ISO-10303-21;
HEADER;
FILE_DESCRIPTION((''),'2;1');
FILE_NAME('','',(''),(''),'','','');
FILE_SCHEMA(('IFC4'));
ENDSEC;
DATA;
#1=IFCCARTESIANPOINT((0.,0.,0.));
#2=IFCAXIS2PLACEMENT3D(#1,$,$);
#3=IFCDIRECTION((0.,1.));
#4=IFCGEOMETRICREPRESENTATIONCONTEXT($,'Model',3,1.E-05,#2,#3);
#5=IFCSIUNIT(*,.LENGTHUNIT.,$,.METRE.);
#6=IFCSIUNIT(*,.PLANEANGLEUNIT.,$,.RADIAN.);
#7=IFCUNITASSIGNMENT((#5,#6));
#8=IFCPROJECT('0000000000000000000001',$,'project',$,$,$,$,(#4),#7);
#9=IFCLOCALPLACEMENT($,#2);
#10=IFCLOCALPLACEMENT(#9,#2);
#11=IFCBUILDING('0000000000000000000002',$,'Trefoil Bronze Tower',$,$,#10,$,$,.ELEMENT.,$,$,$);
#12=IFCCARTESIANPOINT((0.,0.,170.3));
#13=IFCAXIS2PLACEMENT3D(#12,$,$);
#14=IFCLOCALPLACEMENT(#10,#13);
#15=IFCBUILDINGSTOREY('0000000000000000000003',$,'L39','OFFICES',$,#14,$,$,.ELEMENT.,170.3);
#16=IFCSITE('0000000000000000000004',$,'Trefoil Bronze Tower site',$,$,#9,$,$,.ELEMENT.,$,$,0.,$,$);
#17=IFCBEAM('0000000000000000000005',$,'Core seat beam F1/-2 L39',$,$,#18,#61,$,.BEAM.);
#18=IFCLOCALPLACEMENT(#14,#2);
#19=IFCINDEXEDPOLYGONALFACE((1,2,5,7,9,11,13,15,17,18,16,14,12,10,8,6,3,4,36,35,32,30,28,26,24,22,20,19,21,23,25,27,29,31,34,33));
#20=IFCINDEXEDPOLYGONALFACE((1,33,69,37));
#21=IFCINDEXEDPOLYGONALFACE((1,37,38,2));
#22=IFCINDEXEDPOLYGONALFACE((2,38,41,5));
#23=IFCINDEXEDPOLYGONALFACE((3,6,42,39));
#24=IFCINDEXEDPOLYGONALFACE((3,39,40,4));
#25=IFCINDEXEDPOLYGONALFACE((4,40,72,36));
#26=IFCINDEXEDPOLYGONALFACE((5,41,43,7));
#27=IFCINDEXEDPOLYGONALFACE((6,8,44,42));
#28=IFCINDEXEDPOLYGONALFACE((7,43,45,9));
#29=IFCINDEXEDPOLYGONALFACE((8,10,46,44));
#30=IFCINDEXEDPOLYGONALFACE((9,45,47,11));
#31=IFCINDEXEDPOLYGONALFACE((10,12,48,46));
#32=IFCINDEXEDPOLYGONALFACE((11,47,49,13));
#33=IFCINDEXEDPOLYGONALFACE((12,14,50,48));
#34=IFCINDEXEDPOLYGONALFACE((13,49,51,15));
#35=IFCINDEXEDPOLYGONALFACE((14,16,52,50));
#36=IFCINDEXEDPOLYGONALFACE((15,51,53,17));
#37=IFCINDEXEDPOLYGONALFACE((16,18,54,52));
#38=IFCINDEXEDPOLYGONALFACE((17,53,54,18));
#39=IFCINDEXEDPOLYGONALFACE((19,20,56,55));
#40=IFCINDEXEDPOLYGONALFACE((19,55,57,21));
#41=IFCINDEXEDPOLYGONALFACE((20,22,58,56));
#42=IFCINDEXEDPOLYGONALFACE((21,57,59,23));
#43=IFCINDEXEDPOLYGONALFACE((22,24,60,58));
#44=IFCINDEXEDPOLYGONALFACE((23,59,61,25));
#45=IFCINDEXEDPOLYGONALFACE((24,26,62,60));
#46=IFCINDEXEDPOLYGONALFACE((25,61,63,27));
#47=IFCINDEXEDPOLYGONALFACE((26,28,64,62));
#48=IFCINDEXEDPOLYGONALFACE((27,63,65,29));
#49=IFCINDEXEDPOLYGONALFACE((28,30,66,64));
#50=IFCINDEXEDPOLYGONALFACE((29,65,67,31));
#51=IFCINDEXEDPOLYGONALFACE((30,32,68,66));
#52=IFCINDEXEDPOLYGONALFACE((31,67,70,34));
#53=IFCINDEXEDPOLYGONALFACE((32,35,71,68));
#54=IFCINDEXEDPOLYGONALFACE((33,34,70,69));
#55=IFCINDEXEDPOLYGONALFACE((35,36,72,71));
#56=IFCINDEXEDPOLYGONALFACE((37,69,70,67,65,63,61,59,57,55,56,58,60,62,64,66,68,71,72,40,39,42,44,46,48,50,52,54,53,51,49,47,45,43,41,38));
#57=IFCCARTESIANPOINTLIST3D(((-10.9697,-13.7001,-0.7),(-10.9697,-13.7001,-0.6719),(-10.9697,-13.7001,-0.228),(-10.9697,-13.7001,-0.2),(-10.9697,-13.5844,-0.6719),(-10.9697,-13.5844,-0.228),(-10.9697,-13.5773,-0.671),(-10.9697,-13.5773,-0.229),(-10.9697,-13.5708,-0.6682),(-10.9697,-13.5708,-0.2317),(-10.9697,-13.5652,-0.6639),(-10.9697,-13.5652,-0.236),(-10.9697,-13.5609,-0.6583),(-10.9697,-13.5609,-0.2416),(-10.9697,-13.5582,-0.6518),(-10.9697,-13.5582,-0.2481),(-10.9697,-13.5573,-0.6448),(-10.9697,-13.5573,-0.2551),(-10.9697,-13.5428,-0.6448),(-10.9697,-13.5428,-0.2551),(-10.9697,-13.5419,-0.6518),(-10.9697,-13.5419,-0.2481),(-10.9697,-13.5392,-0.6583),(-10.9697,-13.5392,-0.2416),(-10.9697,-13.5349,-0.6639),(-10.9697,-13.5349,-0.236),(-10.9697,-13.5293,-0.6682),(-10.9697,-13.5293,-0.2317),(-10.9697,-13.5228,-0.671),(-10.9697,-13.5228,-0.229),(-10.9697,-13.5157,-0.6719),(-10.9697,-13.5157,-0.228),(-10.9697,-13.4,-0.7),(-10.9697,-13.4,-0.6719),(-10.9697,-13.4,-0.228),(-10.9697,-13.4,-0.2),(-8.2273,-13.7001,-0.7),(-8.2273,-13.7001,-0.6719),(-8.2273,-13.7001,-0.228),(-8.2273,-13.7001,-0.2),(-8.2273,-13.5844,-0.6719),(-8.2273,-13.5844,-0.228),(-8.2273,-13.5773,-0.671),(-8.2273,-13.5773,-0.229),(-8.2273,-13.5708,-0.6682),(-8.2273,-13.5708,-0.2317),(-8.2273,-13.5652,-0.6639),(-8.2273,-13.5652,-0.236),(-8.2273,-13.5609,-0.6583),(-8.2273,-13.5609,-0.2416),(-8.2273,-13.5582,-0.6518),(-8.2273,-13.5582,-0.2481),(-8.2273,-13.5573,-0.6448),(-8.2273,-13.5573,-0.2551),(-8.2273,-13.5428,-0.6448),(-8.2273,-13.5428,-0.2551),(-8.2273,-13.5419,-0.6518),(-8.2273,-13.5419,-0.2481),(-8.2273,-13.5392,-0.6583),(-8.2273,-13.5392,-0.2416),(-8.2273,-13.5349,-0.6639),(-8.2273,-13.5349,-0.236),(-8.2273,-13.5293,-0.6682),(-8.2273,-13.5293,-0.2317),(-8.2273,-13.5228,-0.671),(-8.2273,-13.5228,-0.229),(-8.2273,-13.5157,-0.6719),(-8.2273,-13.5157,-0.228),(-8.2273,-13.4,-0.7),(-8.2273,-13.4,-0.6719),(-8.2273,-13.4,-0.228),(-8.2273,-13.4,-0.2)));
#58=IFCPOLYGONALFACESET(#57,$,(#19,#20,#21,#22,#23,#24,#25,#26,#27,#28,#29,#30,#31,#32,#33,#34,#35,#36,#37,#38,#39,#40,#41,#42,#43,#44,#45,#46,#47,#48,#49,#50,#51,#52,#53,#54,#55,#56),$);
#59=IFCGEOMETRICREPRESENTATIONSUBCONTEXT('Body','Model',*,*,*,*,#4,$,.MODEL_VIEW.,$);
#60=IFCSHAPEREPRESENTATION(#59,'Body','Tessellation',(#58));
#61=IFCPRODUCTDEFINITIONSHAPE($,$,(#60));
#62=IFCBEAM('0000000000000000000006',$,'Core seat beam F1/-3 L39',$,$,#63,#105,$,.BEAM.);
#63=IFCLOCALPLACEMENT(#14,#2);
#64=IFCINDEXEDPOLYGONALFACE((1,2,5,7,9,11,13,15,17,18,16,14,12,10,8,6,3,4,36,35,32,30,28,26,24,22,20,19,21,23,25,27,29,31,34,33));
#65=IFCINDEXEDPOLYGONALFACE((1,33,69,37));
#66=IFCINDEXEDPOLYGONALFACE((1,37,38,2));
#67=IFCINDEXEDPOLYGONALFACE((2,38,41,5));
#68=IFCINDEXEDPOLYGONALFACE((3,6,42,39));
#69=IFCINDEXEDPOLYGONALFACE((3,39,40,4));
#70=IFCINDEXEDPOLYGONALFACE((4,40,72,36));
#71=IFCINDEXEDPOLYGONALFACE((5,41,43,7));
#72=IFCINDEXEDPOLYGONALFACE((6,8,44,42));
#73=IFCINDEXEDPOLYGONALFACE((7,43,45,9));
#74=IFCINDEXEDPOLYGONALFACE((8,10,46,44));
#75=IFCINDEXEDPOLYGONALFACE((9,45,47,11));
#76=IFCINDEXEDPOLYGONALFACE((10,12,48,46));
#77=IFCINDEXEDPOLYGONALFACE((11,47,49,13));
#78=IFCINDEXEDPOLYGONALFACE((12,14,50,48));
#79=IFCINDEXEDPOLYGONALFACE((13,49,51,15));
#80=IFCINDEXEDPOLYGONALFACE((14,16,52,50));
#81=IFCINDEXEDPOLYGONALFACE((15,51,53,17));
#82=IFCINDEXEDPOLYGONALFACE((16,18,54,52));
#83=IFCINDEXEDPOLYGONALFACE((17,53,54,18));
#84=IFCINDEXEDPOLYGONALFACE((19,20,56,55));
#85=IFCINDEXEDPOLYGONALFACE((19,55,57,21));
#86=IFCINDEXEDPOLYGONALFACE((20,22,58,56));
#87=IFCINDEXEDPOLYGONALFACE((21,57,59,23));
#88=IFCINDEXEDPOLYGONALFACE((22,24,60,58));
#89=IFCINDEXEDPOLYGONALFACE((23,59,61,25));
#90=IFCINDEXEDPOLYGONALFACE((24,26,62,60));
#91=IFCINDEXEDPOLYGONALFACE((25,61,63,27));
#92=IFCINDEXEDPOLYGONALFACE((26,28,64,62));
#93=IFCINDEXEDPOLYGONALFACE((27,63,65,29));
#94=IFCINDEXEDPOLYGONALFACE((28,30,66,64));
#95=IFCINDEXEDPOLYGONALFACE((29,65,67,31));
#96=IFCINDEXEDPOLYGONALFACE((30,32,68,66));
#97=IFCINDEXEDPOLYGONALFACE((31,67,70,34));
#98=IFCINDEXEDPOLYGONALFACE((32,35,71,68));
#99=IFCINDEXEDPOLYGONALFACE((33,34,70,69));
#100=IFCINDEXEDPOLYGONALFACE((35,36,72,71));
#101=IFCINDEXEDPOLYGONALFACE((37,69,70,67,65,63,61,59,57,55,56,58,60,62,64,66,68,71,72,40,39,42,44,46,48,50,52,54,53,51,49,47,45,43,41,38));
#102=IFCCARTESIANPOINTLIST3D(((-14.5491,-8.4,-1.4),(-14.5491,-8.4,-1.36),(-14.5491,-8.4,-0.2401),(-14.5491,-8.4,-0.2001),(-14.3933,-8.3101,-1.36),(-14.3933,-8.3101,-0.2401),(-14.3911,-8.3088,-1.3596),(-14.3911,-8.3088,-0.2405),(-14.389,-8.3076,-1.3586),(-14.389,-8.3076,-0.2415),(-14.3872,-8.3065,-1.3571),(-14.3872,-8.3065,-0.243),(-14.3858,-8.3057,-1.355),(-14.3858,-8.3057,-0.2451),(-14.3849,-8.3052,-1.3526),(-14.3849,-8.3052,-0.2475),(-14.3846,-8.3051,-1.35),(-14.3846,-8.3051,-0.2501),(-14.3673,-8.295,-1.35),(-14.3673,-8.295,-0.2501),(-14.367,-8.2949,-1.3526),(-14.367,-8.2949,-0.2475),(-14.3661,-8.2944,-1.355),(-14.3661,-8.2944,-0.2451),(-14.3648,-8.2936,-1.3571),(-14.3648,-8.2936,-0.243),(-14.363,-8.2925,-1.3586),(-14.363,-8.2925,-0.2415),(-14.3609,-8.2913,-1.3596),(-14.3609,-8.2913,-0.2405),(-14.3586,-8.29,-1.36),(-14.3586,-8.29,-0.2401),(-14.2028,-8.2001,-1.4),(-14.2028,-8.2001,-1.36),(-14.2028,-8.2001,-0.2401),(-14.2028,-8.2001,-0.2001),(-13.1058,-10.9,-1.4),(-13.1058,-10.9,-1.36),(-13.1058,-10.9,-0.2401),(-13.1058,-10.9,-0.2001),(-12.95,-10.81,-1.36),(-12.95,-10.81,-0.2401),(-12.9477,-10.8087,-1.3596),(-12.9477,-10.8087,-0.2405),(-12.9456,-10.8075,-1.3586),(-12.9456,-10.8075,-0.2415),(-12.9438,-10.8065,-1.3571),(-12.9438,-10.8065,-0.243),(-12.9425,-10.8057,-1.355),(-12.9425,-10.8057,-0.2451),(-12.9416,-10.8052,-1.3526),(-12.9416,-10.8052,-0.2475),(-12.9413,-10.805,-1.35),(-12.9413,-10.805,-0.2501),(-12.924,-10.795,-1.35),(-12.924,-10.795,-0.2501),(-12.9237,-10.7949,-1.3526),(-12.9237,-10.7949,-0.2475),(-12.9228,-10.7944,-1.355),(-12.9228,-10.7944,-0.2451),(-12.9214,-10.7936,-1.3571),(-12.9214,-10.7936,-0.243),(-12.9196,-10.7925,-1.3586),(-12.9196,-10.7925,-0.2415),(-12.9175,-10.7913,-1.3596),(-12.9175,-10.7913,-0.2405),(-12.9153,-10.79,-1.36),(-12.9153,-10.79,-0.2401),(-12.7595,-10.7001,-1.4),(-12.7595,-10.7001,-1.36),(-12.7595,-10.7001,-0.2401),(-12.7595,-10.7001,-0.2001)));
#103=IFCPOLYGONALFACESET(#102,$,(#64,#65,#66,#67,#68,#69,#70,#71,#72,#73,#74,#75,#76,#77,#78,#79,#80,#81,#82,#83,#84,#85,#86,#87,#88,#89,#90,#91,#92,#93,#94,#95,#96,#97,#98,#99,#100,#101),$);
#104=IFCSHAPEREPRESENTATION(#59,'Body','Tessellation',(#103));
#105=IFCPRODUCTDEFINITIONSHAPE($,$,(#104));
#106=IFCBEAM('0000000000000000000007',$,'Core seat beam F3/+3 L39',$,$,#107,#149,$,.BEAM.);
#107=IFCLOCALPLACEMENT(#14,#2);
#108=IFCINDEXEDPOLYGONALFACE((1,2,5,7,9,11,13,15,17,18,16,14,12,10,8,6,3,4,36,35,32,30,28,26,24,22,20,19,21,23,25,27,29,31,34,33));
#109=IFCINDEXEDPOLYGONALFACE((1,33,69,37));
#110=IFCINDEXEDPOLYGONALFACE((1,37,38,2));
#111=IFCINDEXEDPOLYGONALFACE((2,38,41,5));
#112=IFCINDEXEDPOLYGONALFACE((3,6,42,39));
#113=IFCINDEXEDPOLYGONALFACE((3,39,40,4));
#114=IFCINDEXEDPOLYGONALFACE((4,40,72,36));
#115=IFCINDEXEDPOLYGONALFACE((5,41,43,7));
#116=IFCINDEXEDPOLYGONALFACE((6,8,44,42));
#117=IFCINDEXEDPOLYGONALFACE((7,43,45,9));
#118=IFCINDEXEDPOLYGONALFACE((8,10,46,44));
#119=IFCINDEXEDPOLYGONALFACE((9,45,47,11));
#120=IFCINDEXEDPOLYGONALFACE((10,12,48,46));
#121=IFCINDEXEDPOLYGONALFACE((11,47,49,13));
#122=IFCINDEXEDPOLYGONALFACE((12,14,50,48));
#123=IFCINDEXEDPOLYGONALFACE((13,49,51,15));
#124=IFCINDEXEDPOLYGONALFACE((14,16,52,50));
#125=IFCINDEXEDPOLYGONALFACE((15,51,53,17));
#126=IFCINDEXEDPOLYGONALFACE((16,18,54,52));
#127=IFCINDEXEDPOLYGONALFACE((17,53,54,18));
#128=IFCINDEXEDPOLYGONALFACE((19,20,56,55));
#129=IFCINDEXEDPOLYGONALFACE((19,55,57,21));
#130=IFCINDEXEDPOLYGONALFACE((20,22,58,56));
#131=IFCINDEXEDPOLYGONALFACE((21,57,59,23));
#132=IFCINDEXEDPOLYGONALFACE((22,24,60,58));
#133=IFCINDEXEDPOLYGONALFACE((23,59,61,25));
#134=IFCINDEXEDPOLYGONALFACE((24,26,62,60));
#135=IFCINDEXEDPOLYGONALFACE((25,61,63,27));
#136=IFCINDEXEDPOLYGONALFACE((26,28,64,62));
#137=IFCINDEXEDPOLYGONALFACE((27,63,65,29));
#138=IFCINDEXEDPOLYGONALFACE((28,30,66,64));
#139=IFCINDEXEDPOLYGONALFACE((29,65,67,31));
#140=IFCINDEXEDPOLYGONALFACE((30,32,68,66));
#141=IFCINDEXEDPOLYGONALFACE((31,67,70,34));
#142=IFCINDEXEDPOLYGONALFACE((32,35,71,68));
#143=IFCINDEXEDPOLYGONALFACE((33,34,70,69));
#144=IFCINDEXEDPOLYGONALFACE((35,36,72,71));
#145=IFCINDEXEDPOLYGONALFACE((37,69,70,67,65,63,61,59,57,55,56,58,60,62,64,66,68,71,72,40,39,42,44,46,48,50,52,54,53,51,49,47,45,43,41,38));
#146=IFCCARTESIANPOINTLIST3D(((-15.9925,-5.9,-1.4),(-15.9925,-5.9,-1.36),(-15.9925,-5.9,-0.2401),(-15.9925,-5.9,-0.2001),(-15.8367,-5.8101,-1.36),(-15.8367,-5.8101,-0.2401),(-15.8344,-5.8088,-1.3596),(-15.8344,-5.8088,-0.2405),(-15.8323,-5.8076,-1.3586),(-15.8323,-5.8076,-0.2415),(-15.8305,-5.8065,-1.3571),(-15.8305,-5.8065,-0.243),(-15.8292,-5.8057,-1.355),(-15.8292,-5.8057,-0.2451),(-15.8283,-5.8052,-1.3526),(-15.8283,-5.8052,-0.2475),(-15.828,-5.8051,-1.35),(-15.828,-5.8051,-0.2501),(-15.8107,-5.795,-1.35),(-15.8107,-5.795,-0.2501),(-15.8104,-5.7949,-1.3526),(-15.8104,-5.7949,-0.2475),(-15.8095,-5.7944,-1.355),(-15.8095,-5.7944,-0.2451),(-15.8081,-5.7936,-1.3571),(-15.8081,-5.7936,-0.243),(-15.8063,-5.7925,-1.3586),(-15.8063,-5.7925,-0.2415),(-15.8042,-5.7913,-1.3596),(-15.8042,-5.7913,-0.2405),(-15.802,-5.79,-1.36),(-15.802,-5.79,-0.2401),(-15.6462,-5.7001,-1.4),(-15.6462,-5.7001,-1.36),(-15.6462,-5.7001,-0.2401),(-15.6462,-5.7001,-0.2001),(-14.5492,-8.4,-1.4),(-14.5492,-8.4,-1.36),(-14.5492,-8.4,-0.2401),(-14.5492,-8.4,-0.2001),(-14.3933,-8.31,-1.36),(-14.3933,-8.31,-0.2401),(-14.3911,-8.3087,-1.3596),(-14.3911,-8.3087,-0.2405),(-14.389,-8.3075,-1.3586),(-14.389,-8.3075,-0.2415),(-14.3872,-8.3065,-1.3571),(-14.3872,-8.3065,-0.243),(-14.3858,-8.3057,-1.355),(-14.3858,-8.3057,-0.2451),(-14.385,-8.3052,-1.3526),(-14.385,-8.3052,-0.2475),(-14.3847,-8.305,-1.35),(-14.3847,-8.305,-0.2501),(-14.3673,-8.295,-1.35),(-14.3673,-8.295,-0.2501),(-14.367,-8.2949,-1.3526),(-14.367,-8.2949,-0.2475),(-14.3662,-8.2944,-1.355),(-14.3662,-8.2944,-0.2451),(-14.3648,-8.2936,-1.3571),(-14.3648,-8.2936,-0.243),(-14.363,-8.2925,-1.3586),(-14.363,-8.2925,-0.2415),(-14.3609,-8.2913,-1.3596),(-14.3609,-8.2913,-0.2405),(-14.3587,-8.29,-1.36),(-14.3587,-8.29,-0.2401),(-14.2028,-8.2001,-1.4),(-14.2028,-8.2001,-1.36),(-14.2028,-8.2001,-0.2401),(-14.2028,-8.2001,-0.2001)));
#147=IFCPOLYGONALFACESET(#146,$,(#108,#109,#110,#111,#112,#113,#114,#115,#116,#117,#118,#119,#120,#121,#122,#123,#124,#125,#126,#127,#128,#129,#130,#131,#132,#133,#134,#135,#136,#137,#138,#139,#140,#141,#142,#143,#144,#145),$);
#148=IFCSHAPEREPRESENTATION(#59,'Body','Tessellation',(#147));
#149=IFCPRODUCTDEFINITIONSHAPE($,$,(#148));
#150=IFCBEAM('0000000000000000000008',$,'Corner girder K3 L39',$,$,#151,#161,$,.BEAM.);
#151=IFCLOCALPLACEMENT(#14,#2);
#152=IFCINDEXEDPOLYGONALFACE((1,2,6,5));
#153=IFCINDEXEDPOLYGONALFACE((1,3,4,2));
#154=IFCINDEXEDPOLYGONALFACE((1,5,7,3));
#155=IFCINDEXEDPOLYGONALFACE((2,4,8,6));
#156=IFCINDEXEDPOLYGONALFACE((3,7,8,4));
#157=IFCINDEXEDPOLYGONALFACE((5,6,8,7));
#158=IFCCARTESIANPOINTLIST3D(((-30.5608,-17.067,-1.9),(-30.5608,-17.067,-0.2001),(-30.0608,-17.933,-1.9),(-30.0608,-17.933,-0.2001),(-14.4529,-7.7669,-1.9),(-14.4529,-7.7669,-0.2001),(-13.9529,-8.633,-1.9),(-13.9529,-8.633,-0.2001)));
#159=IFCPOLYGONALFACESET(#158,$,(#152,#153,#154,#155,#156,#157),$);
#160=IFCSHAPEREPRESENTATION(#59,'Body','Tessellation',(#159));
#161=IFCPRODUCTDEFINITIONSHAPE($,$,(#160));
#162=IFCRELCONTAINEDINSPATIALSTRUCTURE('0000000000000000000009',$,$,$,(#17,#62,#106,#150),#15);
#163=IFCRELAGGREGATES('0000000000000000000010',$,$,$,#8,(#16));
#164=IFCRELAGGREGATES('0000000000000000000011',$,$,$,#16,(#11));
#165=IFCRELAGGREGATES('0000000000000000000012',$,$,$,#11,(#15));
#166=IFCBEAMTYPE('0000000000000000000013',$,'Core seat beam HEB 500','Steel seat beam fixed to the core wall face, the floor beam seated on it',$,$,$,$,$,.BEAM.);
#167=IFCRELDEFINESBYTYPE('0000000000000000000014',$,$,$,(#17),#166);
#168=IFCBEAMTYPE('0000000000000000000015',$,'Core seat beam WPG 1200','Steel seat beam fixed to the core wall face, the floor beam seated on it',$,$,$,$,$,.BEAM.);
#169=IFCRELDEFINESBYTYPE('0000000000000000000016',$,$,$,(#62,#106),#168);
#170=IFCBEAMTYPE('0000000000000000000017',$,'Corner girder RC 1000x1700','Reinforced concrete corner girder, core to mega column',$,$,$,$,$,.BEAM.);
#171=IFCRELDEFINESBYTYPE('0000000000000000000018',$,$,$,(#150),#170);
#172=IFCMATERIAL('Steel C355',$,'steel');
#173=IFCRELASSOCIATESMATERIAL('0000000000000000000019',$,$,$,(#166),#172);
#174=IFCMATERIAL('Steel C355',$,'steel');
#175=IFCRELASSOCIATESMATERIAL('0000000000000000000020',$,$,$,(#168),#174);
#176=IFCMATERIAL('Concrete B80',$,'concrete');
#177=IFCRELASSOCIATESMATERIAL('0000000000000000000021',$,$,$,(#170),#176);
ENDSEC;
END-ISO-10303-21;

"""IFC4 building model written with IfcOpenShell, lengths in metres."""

from ifc_helpers import new_model, si_unit, direction, frame, origin, origin_2d, place, context, subcontext, project, spatial, rectangle, i_section, extrude, material, material_profile, profile_set, type_object, element, save


model = new_model("IFC4")

# Units and contexts
model_context = context("Model", 3, precision=1e-05, world=origin(), true_north=direction((0.0, 1.0)))
body_context = subcontext(model_context, "Body", "Model", "MODEL_VIEW")
ifc_project = project(units=[si_unit("LENGTHUNIT", "METRE"), si_unit("PLANEANGLEUNIT", "RADIAN")], contexts=[model_context])

# Site, building, storey
site_placement = place(None, origin())
site = spatial("IfcSite", under=ifc_project, at=site_placement, Name="Trefoil Bronze Tower site", CompositionType="ELEMENT", RefElevation=0.0)
building_placement = place(site_placement, origin())
building = spatial("IfcBuilding", under=site, at=building_placement, Name="Trefoil Bronze Tower", CompositionType="ELEMENT")
storey_placement = place(building_placement, frame((0.0, 0.0, 170.3)))
storey = spatial("IfcBuildingStorey", under=building, at=storey_placement, Name="L39", Description="OFFICES", CompositionType="ELEMENT", Elevation=170.3)

# Beams
ifc_material_1 = material(Name="Steel C355", Category="steel")
ifc_material_profile_1 = material_profile(ifc_material_1, i_section(OverallWidth=0.3, OverallDepth=0.5, WebThickness=0.0144, FlangeThickness=0.0281, FilletRadius=0.0271, at=origin_2d()), Name="HEB 500")
ifc_profile_set_1 = profile_set([ifc_material_profile_1], Name="Steel C355")
beam_type_1 = type_object("IfcBeamType", Name="Core seat beam HEB 500", Description="Steel seat beam fixed to the core wall face, the floor beam seated on it", PredefinedType="BEAM", material=ifc_profile_set_1)
beam_1_placement = place(storey_placement, frame((-10.9697, -13.55, -0.45), z_axis=(1.0, 0.0, 0.0), x_axis=(0.0, 1.0, 0.0)))
element("IfcBeam", 1, at=beam_1_placement, inside=storey, type_object=beam_type_1, Name="Core seat beam F1/-2 L39", PredefinedType="BEAM", context=body_context, shape_type="SweptSolid", body=[
    extrude(i_section(OverallWidth=0.3, OverallDepth=0.5, WebThickness=0.0144, FlangeThickness=0.0281, FilletRadius=0.0271, at=origin_2d()), origin(), (0.0, 0.0, 1.0), 2.7424),
])
ifc_material_2 = material(Name="Steel C355", Category="steel")
ifc_material_profile_2 = material_profile(ifc_material_2, i_section(OverallWidth=0.3999, OverallDepth=1.2, WebThickness=0.02, FlangeThickness=0.04, FilletRadius=0.01, at=origin_2d()), Name="WPG 1200")
ifc_profile_set_2 = profile_set([ifc_material_profile_2], Name="Steel C355")
beam_type_2 = type_object("IfcBeamType", Name="Core seat beam WPG 1200", Description="Steel seat beam fixed to the core wall face, the floor beam seated on it", PredefinedType="BEAM", material=ifc_profile_set_2)
for number, where, z_axis, x_axis, name in (
    (2, (-14.376, -8.3, -0.8), (0.499996, -0.866028, 0.0), (0.866028, 0.499996, 0.0), "Core seat beam F1/-3 L39"),
    (3, (-15.8193, -5.8, -0.8), (0.499996, -0.866028, 0.0), (0.866028, 0.499996, 0.0), "Core seat beam F3/+3 L39"),
):
    element("IfcBeam", number, at=place(storey_placement, frame(where, z_axis=z_axis, x_axis=x_axis)), inside=storey, type_object=beam_type_2, Name=name, PredefinedType="BEAM", context=body_context, shape_type="SweptSolid", body=[
        extrude(i_section(OverallWidth=0.3999, OverallDepth=1.2, WebThickness=0.02, FlangeThickness=0.04, FilletRadius=0.01, at=origin_2d()), origin(), (0.0, 0.0, 1.0), 2.8867),
    ])
ifc_material_3 = material(Name="Concrete B80", Category="concrete")
ifc_material_profile_3 = material_profile(ifc_material_3, rectangle(XDim=1.0, YDim=1.7, at=origin_2d()), Name="RC 1000x1700")
ifc_profile_set_3 = profile_set([ifc_material_profile_3], Name="Concrete B80")
beam_type_3 = type_object("IfcBeamType", Name="Corner girder RC 1000x1700", Description="Reinforced concrete corner girder, core to mega column", PredefinedType="BEAM", material=ifc_profile_set_3)
beam_2_placement = place(storey_placement, frame((-14.2029, -8.2, -1.05), z_axis=(-0.866022, -0.500006, 0.0), x_axis=(0.500006, -0.866022, 0.0)))
element("IfcBeam", 4, at=beam_2_placement, inside=storey, type_object=beam_type_3, Name="Corner girder K3 L39", PredefinedType="BEAM", context=body_context, shape_type="SweptSolid", body=[
    extrude(rectangle(XDim=1.0, YDim=1.7, at=origin_2d()), origin(), (0.0, 0.0, 1.0), 18.5999),
])

save(model, "model.ifc")
